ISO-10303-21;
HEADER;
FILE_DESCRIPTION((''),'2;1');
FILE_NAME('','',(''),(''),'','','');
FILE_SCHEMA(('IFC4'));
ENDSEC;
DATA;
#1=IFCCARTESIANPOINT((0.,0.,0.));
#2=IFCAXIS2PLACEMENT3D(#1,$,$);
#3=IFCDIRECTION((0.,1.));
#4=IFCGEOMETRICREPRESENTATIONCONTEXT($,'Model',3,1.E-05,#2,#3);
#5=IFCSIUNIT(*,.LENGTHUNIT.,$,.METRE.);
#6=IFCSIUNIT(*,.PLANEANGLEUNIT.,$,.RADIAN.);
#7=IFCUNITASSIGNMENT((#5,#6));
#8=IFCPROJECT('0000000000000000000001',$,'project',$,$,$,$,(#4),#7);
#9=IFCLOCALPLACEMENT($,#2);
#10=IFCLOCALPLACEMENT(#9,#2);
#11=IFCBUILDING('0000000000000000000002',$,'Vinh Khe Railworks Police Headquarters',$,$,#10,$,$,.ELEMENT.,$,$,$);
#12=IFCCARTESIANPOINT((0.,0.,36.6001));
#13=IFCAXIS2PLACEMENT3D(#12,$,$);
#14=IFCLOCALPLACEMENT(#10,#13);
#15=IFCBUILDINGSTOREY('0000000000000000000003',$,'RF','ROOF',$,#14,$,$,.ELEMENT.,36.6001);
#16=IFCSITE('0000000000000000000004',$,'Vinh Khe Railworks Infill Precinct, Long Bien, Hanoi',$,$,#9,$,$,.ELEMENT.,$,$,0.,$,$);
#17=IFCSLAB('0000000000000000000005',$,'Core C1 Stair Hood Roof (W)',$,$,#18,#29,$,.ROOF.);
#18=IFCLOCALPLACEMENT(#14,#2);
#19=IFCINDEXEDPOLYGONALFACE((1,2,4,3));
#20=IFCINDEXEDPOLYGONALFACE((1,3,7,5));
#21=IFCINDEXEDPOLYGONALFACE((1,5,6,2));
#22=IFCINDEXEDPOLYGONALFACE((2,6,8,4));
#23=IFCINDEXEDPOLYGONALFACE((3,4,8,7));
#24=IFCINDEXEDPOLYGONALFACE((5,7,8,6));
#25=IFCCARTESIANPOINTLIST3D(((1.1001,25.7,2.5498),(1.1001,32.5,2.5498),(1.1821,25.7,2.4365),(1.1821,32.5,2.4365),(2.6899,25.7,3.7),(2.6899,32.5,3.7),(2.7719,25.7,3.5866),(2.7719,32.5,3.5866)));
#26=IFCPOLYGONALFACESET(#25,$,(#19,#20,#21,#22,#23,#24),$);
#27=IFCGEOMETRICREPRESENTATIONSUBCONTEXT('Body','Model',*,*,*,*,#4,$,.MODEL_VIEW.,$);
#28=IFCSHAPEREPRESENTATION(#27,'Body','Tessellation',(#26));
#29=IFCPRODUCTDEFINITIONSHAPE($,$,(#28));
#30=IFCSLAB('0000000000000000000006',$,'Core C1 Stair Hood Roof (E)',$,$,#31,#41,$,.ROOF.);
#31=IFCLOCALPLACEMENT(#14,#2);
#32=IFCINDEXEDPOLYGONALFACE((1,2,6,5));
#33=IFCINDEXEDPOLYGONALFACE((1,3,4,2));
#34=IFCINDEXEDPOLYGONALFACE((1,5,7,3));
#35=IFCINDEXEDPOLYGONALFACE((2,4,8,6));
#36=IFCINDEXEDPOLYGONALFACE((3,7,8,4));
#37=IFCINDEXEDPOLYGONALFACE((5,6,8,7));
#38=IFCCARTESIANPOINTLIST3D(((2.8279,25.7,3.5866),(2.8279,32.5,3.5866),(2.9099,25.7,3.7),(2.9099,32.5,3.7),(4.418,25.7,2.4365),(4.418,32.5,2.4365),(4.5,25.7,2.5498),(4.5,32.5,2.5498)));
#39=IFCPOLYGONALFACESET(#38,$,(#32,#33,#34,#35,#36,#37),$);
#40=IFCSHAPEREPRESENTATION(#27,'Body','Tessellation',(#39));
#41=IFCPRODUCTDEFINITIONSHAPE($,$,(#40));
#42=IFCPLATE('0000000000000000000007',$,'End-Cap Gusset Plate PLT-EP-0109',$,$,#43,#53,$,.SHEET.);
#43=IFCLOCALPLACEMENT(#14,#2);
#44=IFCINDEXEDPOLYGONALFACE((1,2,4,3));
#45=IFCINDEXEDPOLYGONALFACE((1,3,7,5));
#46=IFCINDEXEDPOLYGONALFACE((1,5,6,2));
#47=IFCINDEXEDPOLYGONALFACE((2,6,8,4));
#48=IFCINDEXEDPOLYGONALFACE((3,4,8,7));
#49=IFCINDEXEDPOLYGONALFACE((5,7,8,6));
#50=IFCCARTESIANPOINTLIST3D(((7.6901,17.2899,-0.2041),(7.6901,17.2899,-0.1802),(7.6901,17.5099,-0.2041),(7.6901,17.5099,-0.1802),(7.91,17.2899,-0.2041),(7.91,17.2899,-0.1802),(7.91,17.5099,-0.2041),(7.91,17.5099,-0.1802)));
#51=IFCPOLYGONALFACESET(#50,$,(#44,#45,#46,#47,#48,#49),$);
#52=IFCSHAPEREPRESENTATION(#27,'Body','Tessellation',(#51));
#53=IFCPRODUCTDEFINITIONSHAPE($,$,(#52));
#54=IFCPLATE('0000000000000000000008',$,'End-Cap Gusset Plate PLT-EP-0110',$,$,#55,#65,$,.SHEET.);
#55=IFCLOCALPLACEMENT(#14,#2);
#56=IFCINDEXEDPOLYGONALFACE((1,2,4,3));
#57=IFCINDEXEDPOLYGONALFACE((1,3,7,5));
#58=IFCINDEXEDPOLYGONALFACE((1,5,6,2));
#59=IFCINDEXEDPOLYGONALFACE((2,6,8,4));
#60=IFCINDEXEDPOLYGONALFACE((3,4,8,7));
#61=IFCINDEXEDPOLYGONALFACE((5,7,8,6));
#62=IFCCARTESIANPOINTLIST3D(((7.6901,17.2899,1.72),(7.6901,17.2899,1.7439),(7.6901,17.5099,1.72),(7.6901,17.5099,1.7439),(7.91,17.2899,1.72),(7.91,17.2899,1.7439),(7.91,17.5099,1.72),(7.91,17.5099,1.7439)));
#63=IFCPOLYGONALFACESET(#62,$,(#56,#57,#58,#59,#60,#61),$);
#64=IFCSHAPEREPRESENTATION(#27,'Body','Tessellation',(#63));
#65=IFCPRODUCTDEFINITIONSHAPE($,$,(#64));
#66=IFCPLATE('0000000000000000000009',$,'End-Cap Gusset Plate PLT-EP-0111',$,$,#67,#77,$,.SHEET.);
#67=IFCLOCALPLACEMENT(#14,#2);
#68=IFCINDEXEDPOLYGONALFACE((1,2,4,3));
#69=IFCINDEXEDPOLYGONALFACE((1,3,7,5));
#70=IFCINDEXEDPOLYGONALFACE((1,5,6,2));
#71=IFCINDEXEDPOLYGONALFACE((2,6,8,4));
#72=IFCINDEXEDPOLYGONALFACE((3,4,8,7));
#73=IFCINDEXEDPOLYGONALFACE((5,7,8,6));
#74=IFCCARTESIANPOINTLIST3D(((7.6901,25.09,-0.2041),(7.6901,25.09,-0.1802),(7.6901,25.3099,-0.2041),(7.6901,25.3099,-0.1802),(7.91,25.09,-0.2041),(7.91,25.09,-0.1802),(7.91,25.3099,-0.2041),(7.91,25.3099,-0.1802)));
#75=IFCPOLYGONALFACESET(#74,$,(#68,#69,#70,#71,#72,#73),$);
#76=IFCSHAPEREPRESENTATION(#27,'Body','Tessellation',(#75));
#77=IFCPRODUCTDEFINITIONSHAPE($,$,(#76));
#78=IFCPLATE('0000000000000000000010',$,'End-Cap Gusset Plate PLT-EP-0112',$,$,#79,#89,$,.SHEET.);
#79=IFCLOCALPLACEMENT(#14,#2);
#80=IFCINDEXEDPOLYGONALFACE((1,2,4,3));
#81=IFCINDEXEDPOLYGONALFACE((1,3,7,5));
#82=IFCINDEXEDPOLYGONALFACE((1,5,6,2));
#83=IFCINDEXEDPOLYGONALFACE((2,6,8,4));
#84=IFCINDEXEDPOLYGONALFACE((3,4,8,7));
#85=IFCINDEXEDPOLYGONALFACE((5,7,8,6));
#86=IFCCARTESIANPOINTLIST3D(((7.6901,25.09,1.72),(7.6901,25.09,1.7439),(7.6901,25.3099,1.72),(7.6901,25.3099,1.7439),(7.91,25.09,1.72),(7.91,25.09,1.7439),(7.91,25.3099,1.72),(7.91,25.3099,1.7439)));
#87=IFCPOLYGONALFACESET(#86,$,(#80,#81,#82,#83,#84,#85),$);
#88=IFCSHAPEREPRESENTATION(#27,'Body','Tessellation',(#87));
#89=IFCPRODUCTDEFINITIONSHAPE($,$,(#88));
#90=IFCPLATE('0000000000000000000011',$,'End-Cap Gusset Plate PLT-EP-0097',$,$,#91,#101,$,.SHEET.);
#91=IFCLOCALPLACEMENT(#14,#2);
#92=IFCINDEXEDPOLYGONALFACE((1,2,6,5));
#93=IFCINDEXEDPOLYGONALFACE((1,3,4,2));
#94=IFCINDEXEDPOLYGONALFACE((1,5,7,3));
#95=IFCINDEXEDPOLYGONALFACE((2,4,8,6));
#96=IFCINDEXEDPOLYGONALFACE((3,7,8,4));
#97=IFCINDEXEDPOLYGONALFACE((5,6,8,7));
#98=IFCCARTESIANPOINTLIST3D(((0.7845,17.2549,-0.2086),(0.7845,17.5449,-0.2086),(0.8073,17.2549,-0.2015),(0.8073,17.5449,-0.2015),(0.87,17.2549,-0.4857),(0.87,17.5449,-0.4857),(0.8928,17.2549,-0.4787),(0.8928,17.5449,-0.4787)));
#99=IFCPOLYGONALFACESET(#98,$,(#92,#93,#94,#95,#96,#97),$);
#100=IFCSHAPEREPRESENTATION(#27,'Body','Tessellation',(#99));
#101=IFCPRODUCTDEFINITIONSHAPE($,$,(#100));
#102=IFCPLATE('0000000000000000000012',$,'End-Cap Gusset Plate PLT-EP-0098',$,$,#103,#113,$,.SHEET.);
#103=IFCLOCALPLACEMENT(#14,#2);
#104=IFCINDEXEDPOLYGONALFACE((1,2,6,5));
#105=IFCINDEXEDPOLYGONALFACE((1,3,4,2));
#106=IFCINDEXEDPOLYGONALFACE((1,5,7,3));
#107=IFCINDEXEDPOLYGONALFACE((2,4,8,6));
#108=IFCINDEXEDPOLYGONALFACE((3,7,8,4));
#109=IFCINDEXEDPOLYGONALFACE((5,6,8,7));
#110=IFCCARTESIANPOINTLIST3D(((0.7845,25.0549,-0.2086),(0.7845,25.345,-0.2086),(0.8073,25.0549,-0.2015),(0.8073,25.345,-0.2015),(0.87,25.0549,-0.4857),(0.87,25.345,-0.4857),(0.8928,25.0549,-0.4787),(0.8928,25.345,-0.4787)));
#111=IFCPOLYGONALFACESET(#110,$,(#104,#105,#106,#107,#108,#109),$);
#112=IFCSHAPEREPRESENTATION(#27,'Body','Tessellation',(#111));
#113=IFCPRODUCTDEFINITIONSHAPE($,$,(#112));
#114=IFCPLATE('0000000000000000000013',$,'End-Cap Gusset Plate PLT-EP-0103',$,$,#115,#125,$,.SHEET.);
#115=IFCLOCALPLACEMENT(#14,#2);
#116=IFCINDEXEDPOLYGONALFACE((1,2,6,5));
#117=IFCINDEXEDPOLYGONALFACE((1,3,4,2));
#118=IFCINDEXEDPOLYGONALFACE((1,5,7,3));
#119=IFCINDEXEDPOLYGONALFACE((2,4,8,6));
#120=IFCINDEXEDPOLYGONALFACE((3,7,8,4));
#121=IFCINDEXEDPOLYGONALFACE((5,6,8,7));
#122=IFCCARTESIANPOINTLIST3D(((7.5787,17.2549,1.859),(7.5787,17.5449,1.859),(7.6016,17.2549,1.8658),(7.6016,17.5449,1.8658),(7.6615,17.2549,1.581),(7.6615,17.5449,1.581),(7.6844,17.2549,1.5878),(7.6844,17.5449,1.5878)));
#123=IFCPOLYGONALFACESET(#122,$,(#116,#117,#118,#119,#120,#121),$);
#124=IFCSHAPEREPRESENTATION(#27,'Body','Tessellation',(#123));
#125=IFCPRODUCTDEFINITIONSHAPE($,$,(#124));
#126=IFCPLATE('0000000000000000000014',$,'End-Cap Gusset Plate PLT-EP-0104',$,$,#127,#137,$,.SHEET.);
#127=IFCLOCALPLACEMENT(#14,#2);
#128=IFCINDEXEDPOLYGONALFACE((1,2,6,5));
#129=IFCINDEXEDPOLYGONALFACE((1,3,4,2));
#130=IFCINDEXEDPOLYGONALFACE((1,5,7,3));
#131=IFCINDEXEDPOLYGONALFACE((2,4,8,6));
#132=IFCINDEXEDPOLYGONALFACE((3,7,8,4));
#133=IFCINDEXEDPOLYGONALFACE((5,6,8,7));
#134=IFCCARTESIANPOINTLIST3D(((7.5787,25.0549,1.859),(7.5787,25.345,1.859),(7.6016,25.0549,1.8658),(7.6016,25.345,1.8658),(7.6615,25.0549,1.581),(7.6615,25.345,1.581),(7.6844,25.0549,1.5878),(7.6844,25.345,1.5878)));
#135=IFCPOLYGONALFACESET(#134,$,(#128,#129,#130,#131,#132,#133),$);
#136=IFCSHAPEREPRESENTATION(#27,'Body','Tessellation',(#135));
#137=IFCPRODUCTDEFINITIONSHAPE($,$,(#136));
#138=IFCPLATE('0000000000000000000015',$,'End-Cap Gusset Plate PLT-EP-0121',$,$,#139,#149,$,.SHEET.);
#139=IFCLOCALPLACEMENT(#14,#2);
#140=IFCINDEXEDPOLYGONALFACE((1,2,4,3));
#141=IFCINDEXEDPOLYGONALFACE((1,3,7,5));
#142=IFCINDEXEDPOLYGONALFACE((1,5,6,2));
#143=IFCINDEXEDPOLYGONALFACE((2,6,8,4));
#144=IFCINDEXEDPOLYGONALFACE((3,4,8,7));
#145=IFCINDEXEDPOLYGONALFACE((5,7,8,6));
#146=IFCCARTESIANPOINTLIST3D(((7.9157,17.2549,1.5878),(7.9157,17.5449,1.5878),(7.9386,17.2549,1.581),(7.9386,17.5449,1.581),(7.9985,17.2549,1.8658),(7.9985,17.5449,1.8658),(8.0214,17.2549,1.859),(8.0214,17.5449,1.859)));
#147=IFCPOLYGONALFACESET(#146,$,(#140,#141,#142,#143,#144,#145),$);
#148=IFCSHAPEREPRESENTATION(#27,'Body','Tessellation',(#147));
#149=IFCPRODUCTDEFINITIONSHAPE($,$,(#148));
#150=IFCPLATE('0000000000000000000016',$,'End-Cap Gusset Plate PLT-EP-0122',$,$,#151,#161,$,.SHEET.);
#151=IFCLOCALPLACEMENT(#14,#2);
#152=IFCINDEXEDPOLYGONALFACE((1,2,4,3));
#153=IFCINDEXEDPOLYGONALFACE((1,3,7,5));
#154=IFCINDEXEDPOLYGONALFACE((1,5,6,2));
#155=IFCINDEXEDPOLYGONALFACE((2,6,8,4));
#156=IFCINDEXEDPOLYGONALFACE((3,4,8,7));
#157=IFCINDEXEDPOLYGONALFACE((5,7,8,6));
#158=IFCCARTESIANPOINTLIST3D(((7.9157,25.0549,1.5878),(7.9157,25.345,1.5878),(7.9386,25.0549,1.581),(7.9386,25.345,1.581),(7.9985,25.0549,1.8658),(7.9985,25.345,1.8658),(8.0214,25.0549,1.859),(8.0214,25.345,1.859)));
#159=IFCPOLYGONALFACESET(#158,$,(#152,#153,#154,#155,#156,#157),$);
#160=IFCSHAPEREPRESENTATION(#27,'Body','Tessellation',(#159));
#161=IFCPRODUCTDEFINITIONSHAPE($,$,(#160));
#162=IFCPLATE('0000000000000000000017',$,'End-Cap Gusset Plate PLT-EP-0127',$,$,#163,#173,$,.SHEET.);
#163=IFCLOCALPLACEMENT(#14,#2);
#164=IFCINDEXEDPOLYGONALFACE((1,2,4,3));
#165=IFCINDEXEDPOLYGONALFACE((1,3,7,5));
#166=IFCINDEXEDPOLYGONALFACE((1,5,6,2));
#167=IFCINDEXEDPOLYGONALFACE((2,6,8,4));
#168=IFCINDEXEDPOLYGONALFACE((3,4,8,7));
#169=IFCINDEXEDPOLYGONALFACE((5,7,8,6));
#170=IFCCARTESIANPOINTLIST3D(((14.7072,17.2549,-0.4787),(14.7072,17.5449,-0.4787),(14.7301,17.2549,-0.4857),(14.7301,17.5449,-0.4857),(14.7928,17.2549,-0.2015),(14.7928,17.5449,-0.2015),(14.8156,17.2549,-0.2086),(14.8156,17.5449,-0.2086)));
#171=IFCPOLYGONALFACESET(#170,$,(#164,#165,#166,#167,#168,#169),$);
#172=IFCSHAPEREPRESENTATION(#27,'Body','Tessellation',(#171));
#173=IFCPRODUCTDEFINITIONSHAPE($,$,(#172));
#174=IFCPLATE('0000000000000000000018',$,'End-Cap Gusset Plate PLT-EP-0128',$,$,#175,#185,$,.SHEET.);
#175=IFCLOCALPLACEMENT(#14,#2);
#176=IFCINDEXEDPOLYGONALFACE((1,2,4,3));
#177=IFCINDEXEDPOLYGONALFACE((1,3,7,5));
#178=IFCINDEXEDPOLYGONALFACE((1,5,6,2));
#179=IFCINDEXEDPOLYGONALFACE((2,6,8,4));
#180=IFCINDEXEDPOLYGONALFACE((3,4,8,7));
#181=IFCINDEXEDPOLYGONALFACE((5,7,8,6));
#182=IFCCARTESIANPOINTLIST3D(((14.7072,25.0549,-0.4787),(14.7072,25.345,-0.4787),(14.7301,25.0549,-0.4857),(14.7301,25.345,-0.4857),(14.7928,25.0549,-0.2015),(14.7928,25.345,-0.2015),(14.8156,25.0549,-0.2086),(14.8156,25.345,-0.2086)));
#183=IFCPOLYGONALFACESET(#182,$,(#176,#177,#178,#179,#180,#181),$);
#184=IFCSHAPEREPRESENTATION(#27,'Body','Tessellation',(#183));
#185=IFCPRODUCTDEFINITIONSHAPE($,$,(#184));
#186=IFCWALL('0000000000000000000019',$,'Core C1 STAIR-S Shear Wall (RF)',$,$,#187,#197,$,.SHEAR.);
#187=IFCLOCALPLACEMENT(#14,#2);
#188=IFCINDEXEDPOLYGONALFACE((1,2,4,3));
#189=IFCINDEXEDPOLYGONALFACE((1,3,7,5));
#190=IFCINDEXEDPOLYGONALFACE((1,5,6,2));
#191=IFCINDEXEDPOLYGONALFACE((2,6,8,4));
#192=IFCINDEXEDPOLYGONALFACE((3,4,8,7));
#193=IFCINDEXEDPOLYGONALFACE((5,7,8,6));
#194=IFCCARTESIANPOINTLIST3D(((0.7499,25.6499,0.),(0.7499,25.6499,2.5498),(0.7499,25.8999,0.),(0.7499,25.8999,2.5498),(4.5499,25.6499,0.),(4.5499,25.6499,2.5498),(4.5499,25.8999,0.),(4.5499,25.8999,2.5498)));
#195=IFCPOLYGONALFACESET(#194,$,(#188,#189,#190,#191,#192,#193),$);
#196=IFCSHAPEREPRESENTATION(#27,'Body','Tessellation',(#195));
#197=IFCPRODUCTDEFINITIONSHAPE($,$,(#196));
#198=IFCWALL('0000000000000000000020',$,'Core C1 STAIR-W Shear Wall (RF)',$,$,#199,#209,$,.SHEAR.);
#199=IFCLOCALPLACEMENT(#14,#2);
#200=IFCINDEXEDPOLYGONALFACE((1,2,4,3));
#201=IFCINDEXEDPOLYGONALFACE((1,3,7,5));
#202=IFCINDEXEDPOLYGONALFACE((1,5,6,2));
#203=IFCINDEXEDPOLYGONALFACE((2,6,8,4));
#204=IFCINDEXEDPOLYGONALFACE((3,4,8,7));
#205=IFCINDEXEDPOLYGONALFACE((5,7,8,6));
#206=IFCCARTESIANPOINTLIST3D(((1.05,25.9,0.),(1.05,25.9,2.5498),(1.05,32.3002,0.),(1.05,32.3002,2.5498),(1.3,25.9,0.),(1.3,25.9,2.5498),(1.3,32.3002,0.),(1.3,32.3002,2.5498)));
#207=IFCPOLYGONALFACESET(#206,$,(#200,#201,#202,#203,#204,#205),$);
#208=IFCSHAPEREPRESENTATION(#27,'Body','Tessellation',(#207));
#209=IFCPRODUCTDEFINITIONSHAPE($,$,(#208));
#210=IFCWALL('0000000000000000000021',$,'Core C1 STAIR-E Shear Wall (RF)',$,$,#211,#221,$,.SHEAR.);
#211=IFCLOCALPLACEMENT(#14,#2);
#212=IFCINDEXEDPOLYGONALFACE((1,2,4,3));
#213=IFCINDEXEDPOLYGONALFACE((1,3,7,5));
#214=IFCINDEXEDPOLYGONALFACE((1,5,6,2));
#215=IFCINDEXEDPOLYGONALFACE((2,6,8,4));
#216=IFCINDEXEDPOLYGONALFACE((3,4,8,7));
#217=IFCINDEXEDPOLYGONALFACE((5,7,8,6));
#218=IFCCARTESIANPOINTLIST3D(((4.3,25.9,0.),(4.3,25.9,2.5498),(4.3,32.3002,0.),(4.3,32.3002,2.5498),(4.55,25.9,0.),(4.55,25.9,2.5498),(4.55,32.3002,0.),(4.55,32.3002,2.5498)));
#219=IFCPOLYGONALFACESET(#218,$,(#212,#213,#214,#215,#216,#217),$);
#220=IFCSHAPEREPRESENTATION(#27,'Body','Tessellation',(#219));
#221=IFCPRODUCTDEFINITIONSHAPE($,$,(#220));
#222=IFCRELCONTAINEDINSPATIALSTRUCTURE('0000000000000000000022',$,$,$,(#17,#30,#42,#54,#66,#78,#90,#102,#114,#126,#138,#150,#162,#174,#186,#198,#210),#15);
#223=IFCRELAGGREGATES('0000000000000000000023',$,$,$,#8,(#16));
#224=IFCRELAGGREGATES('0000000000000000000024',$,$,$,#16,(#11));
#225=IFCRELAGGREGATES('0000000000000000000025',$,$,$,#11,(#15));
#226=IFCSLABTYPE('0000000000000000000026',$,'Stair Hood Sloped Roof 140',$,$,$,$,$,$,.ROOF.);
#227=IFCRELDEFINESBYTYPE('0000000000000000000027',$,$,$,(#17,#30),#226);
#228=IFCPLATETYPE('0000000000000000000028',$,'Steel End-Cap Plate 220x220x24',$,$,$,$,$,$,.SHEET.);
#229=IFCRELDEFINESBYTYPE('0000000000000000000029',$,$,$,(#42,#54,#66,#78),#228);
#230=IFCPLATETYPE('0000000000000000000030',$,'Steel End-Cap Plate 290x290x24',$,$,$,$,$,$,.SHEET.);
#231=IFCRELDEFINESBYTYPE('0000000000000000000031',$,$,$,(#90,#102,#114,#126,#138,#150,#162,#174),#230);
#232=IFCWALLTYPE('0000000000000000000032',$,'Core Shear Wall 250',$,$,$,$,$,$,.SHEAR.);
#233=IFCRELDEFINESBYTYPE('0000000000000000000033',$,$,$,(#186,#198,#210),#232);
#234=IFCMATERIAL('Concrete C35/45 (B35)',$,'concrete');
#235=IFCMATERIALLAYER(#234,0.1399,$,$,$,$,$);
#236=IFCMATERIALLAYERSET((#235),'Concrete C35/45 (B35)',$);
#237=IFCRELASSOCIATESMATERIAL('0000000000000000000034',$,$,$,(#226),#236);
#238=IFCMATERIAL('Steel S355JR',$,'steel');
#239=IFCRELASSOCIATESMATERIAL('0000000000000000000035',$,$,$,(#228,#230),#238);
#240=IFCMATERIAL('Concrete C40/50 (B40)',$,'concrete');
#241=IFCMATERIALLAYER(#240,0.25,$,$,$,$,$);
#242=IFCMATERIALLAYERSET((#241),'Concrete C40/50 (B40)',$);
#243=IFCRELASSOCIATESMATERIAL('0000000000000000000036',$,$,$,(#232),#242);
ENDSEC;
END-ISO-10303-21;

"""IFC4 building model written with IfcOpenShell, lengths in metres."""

from ifc_helpers import new_model, si_unit, direction, frame, frame_2d, origin, origin_2d, place, context, subcontext, project, spatial, polyline, rectangle, outline, extrude, material, layer, layer_set, material_profile, profile_set, type_object, element, save


model = new_model("IFC4")

# Units and contexts
model_context = context("Model", 3, precision=1e-05, world=origin(), true_north=direction((0.0, 1.0)))
body_context = subcontext(model_context, "Body", "Model", "MODEL_VIEW")
ifc_project = project(units=[si_unit("LENGTHUNIT", "METRE"), si_unit("PLANEANGLEUNIT", "RADIAN")], contexts=[model_context])

# Site, building, storey
site_placement = place(None, origin())
site = spatial("IfcSite", under=ifc_project, at=site_placement, Name="Vinh Khe Railworks Infill Precinct, Long Bien, Hanoi", CompositionType="ELEMENT", RefElevation=0.0)
building_placement = place(site_placement, origin())
building = spatial("IfcBuilding", under=site, at=building_placement, Name="Vinh Khe Railworks Police Headquarters", CompositionType="ELEMENT")
storey_placement = place(building_placement, frame((0.0, 0.0, 36.6001)))
storey = spatial("IfcBuildingStorey", under=building, at=storey_placement, Name="RF", Description="ROOF", CompositionType="ELEMENT", Elevation=36.6001)

# Shared definitions
ifc_material_1 = material(Name="Steel S355JR", Category="steel")

# Slabs
ifc_material_2 = material(Name="Concrete C35/45 (B35)", Category="concrete")
ifc_layer_1 = layer(ifc_material_2, 0.1399)
ifc_layer_set_1 = layer_set([ifc_layer_1], Name="Concrete C35/45 (B35)")
slab_type_1 = type_object("IfcSlabType", Name="Stair Hood Sloped Roof 140", PredefinedType="ROOF", material=ifc_layer_set_1)
slab_1_placement = place(storey_placement, frame((1.1001, 25.7, 2.5498), z_axis=(-0.586135, 0.0, 0.810213), x_axis=(0.810213, 0.0, 0.586135)))
element("IfcSlab", 1, at=slab_1_placement, inside=storey, type_object=slab_type_1, Name="Core C1 Stair Hood Roof (W)", PredefinedType="ROOF", context=body_context, shape_type="SweptSolid", body=[
    extrude(outline(polyline([(0.0, 0.0), (1.9623, 0.0), (1.9623, 6.8), (0.0, 6.8), (0.0, 0.0)])), origin(), (0.0, 0.0, -1.0), 0.1399),
])
slab_2_placement = place(storey_placement, frame((2.9099, 25.7, 3.7), z_axis=(0.586076, 0.0, 0.810256), x_axis=(0.810256, 0.0, -0.586076)))
element("IfcSlab", 2, at=slab_2_placement, inside=storey, type_object=slab_type_1, Name="Core C1 Stair Hood Roof (E)", PredefinedType="ROOF", context=body_context, shape_type="SweptSolid", body=[
    extrude(outline(polyline([(0.0, 0.0), (1.9625, 0.0), (1.9625, 6.8), (0.0, 6.8), (0.0, 0.0)])), origin(), (0.0, 0.0, -1.0), 0.1399),
])

# Plates
ifc_material_profile_1 = material_profile(ifc_material_1, rectangle(XDim=0.22, YDim=0.22, at=origin_2d()), Name="PL 220x220")
ifc_profile_set_1 = profile_set([ifc_material_profile_1], Name="Steel S355JR")
plate_type_1 = type_object("IfcPlateType", Name="Steel End-Cap Plate 220x220x24", PredefinedType="SHEET", material=ifc_profile_set_1)
for number, where, z_axis, x_axis, name in (
    (3, (7.8, 17.3999, -0.1802), (0.0, 0.0, -1.0), (1.0, 0.0, 0.0), "End-Cap Gusset Plate PLT-EP-0109"),
    (4, (7.8, 17.3999, 1.72), (0.0, 0.0, 1.0), (1.0, 0.0, 0.0), "End-Cap Gusset Plate PLT-EP-0110"),
    (5, (7.8, 25.2, -0.1802), (0.0, 0.0, -1.0), (1.0, 0.0, 0.0), "End-Cap Gusset Plate PLT-EP-0111"),
    (6, (7.8, 25.2, 1.72), (0.0, 0.0, 1.0), (1.0, 0.0, 0.0), "End-Cap Gusset Plate PLT-EP-0112"),
):
    element("IfcPlate", number, at=place(storey_placement, frame(where, z_axis=z_axis, x_axis=x_axis)), inside=storey, type_object=plate_type_1, Name=name, PredefinedType="SHEET", context=body_context, shape_type="SweptSolid", body=[
        extrude(rectangle(XDim=0.22, YDim=0.22, at=origin_2d()), origin(), (0.0, 0.0, 1.0), 0.0239),
    ])
ifc_material_profile_2 = material_profile(ifc_material_1, rectangle(XDim=0.29, YDim=0.29, at=origin_2d()), Name="PL 290x290")
ifc_profile_set_2 = profile_set([ifc_material_profile_2], Name="Steel S355JR")
plate_type_2 = type_object("IfcPlateType", Name="Steel End-Cap Plate 290x290x24", PredefinedType="SHEET", material=ifc_profile_set_2)
for number, where, z_axis, x_axis, name in (
    (7, (0.8501, 17.3999, -0.3401), (-0.955559, 0.0, -0.2948), (0.0, -1.0, 0.0), "End-Cap Gusset Plate PLT-EP-0097"),
    (8, (0.8501, 25.2, -0.3401), (-0.955559, 0.0, -0.2948), (0.0, -1.0, 0.0), "End-Cap Gusset Plate PLT-EP-0098"),
    (9, (7.6201, 17.3999, 1.72), (0.958386, 0.0, 0.285477), (0.0, 1.0, 0.0), "End-Cap Gusset Plate PLT-EP-0103"),
    (10, (7.6201, 25.2, 1.72), (0.958386, 0.0, 0.285477), (0.0, 1.0, 0.0), "End-Cap Gusset Plate PLT-EP-0104"),
    (11, (7.98, 17.3999, 1.72), (-0.958386, 0.0, 0.285477), (0.0, -1.0, 0.0), "End-Cap Gusset Plate PLT-EP-0121"),
    (12, (7.98, 25.2, 1.72), (-0.958386, 0.0, 0.285477), (0.0, -1.0, 0.0), "End-Cap Gusset Plate PLT-EP-0122"),
    (13, (14.75, 17.3999, -0.3401), (0.955559, 0.0, -0.2948), (0.0, 1.0, 0.0), "End-Cap Gusset Plate PLT-EP-0127"),
    (14, (14.75, 25.2, -0.3401), (0.955559, 0.0, -0.2948), (0.0, 1.0, 0.0), "End-Cap Gusset Plate PLT-EP-0128"),
):
    element("IfcPlate", number, at=place(storey_placement, frame(where, z_axis=z_axis, x_axis=x_axis)), inside=storey, type_object=plate_type_2, Name=name, PredefinedType="SHEET", context=body_context, shape_type="SweptSolid", body=[
        extrude(rectangle(XDim=0.29, YDim=0.29, at=origin_2d()), origin(), (0.0, 0.0, 1.0), 0.0239),
    ])

# Walls
ifc_material_3 = material(Name="Concrete C40/50 (B40)", Category="concrete")
ifc_layer_2 = layer(ifc_material_3, 0.25)
ifc_layer_set_2 = layer_set([ifc_layer_2], Name="Concrete C40/50 (B40)")
wall_type_1 = type_object("IfcWallType", Name="Core Shear Wall 250", PredefinedType="SHEAR", material=ifc_layer_set_2)
wall_1_placement = place(storey_placement, frame((0.75, 25.7749, 0.0), z_axis=(0.0, 0.0, 1.0), x_axis=(1.0, 0.0, 0.0)))
element("IfcWall", 15, at=wall_1_placement, inside=storey, type_object=wall_type_1, Name="Core C1 STAIR-S Shear Wall (RF)", PredefinedType="SHEAR", context=body_context, shape_type="SweptSolid", body=[
    extrude(rectangle(XDim=3.8, YDim=0.25, at=frame_2d((1.8999, 0.0))), origin(), (0.0, 0.0, 1.0), 2.5498),
])
for number, where, z_axis, x_axis, name in (
    (16, (1.175, 25.8999, 0.0), (0.0, 0.0, 1.0), (0.0, 1.0, 0.0), "Core C1 STAIR-W Shear Wall (RF)"),
    (17, (4.425, 25.8999, 0.0), (0.0, 0.0, 1.0), (0.0, 1.0, 0.0), "Core C1 STAIR-E Shear Wall (RF)"),
):
    element("IfcWall", number, at=place(storey_placement, frame(where, z_axis=z_axis, x_axis=x_axis)), inside=storey, type_object=wall_type_1, Name=name, PredefinedType="SHEAR", context=body_context, shape_type="SweptSolid", body=[
        extrude(rectangle(XDim=6.4001, YDim=0.25, at=frame_2d((3.2002, 0.0))), origin(), (0.0, 0.0, 1.0), 2.5498),
    ])

save(model, "model.ifc")
